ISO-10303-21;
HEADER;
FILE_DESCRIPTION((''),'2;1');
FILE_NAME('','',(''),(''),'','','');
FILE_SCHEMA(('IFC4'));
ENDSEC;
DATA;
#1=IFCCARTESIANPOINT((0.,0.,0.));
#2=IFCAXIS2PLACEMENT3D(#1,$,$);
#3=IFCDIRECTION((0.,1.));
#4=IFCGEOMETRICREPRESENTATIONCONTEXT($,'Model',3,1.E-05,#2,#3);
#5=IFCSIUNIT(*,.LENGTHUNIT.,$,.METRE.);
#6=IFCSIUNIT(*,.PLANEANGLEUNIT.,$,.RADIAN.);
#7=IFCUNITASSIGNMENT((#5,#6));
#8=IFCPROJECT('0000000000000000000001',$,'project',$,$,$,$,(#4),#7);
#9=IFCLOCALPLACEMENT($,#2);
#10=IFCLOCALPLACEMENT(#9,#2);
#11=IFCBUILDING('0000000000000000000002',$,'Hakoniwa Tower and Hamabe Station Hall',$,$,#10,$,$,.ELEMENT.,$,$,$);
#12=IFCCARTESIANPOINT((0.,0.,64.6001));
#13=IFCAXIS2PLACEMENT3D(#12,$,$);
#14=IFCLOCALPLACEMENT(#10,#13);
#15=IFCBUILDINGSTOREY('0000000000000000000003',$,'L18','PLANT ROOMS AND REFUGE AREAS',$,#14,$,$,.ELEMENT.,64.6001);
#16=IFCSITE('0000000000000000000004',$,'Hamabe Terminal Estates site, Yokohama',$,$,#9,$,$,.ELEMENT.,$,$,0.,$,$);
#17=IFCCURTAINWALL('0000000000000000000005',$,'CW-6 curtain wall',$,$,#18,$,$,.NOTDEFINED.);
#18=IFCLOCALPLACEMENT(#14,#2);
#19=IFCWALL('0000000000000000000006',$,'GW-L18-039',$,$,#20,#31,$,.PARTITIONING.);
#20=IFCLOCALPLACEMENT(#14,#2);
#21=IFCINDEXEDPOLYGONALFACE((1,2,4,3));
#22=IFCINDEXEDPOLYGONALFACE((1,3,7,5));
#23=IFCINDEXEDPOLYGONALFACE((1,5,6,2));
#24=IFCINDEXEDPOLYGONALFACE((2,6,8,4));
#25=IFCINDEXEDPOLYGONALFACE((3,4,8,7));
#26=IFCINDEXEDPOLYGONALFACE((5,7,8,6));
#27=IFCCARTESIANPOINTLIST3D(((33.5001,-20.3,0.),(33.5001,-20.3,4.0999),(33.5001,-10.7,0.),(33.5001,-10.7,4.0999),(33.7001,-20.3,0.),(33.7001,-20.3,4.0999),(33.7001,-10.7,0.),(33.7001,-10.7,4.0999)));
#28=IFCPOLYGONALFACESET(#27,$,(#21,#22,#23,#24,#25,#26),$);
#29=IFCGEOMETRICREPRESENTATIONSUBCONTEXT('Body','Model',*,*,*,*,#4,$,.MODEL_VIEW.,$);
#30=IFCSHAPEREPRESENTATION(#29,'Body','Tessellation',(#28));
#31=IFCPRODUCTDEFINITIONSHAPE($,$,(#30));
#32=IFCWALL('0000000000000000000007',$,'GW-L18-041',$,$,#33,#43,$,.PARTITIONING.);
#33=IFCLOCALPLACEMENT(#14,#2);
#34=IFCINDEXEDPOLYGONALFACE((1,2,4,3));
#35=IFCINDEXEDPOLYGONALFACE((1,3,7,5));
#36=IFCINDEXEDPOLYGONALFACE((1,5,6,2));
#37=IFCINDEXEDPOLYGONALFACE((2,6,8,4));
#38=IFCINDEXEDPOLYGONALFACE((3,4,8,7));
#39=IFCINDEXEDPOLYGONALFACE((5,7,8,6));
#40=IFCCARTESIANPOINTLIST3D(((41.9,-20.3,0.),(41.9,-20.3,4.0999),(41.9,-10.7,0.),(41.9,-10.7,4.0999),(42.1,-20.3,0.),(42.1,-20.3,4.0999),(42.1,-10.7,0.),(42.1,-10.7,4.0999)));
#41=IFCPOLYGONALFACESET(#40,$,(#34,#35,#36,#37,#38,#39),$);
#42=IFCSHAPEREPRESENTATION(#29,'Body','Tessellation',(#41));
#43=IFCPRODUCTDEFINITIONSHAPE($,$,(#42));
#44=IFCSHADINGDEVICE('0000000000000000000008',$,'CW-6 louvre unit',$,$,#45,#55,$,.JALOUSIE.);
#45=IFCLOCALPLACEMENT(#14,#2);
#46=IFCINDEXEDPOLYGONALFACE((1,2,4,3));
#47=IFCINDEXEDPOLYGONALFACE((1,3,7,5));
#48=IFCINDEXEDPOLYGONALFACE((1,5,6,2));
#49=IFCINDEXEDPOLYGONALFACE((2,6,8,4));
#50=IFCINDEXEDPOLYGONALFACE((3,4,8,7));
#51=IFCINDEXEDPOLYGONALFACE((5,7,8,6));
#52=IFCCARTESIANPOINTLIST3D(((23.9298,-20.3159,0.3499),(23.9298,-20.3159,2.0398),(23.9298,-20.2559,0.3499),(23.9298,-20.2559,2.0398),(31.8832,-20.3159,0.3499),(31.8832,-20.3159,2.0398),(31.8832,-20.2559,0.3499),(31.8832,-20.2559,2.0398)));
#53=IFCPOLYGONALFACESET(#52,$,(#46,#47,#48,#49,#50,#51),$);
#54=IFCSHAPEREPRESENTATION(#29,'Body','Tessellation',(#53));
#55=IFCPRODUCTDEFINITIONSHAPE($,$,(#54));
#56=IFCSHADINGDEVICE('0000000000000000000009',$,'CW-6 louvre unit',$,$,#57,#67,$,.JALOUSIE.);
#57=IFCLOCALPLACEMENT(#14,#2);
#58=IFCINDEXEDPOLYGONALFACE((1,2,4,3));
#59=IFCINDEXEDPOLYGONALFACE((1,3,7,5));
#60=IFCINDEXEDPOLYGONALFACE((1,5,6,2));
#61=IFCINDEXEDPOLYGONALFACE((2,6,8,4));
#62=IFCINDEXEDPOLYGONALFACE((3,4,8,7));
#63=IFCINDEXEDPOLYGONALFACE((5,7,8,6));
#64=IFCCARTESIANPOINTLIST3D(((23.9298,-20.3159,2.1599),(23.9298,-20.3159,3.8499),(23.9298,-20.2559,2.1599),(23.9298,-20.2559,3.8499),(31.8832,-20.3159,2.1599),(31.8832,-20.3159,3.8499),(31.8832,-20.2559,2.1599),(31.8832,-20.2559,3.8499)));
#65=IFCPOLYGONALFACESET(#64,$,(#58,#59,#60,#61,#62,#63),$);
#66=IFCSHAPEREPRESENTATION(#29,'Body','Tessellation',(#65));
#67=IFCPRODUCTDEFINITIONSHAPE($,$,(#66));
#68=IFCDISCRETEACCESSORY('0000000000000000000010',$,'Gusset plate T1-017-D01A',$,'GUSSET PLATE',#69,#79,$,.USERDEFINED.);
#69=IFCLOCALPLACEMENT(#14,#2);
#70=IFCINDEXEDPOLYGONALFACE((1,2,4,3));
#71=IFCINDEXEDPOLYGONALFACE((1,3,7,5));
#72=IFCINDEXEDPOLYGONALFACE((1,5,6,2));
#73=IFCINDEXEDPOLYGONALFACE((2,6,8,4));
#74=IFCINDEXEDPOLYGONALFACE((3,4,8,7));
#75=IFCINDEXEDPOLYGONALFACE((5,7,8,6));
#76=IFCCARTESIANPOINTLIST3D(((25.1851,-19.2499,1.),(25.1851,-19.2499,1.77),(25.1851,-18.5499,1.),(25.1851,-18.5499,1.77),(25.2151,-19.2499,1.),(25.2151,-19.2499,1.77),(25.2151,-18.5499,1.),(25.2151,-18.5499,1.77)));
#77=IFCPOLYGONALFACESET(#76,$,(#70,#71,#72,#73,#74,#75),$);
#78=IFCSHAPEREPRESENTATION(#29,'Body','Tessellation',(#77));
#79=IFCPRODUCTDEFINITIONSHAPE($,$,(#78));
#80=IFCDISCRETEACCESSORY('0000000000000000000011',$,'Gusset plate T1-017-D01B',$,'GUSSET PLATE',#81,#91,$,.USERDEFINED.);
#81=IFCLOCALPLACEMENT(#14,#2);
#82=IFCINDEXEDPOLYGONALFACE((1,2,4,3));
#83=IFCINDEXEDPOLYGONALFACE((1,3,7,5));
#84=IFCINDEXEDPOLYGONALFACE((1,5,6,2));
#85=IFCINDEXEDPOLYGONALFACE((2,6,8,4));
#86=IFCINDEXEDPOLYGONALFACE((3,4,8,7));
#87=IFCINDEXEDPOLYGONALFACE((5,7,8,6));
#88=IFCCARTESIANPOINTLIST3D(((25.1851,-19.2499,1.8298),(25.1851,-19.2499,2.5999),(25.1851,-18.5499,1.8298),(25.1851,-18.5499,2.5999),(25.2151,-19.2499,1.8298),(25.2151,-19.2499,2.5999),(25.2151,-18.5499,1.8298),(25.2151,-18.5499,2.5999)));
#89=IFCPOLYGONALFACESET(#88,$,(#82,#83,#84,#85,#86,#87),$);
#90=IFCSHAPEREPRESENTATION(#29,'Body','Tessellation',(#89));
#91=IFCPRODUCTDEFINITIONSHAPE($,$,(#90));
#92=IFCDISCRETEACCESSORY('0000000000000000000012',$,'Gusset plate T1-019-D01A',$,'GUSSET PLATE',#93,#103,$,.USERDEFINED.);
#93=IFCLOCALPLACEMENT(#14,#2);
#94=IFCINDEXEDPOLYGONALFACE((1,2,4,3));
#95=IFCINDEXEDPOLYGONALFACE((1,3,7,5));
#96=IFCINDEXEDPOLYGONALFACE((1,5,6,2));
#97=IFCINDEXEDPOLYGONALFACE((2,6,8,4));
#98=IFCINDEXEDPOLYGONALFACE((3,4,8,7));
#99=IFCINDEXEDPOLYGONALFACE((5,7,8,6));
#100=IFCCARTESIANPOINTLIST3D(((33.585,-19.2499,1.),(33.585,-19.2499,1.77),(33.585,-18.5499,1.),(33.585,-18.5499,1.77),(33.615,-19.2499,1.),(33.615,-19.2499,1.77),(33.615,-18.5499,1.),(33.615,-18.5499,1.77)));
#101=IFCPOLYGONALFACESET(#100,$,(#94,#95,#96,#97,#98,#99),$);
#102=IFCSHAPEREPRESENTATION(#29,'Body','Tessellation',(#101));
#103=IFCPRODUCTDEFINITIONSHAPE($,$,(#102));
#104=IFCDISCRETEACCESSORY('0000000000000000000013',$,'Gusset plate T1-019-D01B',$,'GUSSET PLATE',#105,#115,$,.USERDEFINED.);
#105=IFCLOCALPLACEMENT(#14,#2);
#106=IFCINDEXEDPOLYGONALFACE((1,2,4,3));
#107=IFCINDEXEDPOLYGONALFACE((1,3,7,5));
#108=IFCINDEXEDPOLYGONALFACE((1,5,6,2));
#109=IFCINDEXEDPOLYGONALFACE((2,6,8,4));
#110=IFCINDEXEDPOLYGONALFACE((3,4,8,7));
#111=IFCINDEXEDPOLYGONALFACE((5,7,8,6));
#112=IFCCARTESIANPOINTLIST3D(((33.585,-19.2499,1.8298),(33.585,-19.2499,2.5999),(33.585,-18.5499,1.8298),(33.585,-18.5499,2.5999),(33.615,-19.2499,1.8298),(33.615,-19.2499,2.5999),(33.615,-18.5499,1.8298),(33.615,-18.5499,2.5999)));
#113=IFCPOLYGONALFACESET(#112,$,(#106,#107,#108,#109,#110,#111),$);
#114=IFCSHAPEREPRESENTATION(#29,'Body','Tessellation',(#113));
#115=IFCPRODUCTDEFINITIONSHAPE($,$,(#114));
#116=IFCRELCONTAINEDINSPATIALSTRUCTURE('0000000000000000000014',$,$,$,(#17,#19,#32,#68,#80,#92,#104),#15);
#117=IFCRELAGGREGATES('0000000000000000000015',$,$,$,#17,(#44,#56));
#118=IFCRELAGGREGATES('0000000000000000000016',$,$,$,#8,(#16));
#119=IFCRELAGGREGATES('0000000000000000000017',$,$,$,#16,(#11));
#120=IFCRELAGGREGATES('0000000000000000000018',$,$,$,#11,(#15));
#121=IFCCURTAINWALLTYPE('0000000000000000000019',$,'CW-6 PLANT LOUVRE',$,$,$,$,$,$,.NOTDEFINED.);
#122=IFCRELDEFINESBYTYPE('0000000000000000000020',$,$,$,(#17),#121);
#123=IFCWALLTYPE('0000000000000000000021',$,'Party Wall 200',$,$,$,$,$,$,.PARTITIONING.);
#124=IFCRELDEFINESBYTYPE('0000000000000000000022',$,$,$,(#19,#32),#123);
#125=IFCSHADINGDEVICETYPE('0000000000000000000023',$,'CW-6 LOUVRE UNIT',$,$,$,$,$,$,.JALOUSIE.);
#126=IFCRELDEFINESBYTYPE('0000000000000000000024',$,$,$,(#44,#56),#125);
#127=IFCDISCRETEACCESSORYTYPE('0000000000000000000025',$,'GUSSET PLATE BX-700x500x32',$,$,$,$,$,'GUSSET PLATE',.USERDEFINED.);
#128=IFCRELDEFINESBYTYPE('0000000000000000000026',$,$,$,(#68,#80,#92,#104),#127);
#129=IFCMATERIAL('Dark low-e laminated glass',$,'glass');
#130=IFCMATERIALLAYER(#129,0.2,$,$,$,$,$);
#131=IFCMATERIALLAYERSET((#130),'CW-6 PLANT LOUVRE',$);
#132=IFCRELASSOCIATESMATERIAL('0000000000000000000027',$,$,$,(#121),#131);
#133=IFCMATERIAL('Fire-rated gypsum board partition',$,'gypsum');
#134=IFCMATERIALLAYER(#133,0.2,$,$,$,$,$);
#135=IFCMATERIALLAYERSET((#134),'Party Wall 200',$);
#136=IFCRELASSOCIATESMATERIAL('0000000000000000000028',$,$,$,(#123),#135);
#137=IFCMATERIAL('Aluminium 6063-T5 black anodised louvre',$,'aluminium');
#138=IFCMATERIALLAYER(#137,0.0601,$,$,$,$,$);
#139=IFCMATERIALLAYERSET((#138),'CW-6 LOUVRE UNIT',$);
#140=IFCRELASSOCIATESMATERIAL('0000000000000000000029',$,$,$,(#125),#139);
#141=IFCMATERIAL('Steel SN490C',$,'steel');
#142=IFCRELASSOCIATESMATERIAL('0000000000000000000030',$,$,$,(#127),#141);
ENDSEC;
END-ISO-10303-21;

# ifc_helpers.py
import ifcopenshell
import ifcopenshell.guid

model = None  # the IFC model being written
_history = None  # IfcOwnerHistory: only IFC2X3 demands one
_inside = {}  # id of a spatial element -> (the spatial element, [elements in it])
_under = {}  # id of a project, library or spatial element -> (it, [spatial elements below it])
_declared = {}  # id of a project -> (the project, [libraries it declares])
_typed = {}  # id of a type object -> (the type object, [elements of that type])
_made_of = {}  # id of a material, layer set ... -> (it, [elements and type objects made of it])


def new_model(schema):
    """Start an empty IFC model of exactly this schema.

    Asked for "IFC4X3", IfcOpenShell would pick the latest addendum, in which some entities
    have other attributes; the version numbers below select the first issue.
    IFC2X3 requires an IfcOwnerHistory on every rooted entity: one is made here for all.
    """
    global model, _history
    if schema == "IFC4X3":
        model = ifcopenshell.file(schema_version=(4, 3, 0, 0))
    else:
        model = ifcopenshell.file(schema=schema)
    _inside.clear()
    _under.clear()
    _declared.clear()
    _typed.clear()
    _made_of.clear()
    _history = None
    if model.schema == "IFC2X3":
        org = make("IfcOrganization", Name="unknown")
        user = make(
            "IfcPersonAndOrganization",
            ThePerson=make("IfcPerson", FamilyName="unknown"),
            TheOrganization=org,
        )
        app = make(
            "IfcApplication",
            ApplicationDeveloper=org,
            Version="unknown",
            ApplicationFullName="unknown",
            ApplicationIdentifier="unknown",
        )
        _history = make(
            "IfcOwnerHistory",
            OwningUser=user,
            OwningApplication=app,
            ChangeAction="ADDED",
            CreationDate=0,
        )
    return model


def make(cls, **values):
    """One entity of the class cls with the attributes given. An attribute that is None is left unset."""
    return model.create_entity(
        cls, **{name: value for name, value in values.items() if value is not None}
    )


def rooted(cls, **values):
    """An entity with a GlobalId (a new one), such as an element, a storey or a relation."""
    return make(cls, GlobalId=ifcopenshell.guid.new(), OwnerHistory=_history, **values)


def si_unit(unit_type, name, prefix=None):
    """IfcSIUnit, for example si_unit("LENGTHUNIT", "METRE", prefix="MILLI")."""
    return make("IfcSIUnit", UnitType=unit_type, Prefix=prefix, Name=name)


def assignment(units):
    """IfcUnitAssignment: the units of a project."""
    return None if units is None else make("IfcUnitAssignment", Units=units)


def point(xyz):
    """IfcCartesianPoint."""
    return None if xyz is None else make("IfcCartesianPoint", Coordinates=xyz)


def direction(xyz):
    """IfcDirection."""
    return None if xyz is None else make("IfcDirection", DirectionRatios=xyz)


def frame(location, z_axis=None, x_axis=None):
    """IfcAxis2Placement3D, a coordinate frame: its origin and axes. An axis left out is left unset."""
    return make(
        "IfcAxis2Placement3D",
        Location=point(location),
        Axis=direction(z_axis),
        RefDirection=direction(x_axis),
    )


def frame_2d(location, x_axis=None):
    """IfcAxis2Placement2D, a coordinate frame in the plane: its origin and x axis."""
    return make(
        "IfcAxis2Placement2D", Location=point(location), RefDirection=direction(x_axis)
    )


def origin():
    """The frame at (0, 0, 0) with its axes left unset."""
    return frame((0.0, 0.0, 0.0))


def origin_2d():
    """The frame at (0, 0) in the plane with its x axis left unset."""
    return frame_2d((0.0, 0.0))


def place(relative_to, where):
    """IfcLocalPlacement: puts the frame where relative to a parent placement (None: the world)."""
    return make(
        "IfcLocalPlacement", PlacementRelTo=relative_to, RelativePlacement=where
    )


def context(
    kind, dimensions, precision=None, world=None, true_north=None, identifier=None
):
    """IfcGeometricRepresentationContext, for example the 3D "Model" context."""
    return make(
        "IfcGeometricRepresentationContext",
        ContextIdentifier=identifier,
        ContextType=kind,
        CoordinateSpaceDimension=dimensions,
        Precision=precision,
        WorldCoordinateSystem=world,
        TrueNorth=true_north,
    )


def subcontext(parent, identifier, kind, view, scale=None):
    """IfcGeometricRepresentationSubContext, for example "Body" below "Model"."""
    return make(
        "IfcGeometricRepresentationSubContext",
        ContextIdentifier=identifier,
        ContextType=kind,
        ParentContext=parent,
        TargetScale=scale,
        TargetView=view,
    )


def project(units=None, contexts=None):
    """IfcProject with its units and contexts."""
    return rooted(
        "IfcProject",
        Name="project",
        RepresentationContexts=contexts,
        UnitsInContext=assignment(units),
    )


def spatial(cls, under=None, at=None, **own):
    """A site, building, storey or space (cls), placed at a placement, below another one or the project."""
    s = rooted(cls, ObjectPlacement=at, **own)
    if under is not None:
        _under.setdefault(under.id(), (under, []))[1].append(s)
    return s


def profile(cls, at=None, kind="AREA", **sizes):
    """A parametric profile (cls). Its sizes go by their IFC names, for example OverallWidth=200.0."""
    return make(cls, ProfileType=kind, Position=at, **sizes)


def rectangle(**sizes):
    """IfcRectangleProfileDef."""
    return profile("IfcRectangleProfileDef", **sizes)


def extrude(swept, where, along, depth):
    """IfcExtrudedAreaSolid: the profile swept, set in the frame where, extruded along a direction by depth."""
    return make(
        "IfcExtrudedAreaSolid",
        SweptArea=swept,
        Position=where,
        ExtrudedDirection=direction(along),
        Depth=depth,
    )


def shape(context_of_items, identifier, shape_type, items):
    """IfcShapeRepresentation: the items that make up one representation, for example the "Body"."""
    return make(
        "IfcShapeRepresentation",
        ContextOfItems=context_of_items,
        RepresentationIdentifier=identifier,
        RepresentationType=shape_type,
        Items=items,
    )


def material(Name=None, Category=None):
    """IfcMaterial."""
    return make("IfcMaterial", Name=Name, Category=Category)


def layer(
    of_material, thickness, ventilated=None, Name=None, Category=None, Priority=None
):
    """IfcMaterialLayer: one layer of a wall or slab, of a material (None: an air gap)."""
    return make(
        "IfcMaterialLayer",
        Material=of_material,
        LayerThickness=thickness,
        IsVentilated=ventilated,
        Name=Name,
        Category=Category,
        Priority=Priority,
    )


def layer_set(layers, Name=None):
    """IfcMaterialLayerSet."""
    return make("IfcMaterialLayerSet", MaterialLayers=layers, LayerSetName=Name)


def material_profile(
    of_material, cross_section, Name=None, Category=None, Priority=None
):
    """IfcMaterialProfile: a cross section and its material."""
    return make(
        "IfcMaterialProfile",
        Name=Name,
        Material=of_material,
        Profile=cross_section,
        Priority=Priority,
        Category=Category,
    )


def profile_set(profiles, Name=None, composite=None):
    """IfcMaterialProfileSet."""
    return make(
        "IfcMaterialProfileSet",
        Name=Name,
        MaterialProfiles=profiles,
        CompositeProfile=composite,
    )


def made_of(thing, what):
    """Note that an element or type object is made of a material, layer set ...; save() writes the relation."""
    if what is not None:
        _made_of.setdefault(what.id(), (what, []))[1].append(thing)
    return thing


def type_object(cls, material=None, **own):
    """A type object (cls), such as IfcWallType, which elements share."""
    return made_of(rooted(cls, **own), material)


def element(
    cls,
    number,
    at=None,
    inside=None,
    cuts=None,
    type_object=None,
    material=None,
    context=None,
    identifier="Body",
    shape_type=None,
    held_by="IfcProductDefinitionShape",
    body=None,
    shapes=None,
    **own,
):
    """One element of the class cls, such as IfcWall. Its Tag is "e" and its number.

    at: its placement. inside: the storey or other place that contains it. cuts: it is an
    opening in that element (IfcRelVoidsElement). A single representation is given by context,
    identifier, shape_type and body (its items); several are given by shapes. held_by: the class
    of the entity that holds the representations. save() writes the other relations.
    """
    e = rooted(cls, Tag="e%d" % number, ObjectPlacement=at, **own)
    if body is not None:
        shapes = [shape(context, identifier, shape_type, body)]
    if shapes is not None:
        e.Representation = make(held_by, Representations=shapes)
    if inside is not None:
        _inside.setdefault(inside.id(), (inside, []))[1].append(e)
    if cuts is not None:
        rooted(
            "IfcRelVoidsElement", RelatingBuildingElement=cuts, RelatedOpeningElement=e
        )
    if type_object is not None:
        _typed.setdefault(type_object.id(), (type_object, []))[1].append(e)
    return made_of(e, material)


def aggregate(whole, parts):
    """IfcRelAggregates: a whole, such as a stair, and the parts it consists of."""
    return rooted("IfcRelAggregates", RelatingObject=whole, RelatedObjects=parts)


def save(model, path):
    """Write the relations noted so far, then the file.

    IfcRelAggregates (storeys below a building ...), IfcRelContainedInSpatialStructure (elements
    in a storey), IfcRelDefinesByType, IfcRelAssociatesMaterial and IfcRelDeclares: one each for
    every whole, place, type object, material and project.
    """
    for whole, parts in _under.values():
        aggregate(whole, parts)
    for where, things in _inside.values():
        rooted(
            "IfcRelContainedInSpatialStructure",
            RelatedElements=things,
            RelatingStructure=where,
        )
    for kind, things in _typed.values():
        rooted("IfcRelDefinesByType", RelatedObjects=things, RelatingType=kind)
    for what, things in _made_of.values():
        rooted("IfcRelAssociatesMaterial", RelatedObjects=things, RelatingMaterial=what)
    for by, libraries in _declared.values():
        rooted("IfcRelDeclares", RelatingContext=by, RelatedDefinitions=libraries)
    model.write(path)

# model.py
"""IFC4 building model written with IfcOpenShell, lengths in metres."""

from ifc_helpers import new_model, si_unit, direction, frame, frame_2d, origin, origin_2d, place, context, subcontext, project, spatial, rectangle, extrude, material, layer, layer_set, material_profile, profile_set, type_object, element, aggregate, save


model = new_model("IFC4")

# Units and contexts
model_context = context("Model", 3, precision=1e-05, world=origin(), true_north=direction((0.0, 1.0)))
body_context = subcontext(model_context, "Body", "Model", "MODEL_VIEW")
ifc_project = project(units=[si_unit("LENGTHUNIT", "METRE"), si_unit("PLANEANGLEUNIT", "RADIAN")], contexts=[model_context])

# Site, building, storey
site_placement = place(None, origin())
site = spatial("IfcSite", under=ifc_project, at=site_placement, Name="Hamabe Terminal Estates site, Yokohama", CompositionType="ELEMENT", RefElevation=0.0)
building_placement = place(site_placement, origin())
building = spatial("IfcBuilding", under=site, at=building_placement, Name="Hakoniwa Tower and Hamabe Station Hall", CompositionType="ELEMENT")
storey_placement = place(building_placement, frame((0.0, 0.0, 64.6001)))
storey = spatial("IfcBuildingStorey", under=building, at=storey_placement, Name="L18", Description="PLANT ROOMS AND REFUGE AREAS", CompositionType="ELEMENT", Elevation=64.6001)

# Curtain wall
ifc_material_1 = material(Name="Dark low-e laminated glass", Category="glass")
ifc_layer_1 = layer(ifc_material_1, 0.2)
ifc_layer_set_1 = layer_set([ifc_layer_1], Name="CW-6 PLANT LOUVRE")
curtain_wall_type = type_object("IfcCurtainWallType", Name="CW-6 PLANT LOUVRE", PredefinedType="NOTDEFINED", material=ifc_layer_set_1)
curtain_wall_placement = place(storey_placement, origin())
curtain_wall = element("IfcCurtainWall", 1, at=curtain_wall_placement, inside=storey, type_object=curtain_wall_type, Name="CW-6 curtain wall", PredefinedType="NOTDEFINED")

# Walls
ifc_material_2 = material(Name="Fire-rated gypsum board partition", Category="gypsum")
ifc_layer_2 = layer(ifc_material_2, 0.2)
ifc_layer_set_2 = layer_set([ifc_layer_2], Name="Party Wall 200")
wall_type = type_object("IfcWallType", Name="Party Wall 200", PredefinedType="PARTITIONING", material=ifc_layer_set_2)
for number, where, z_axis, x_axis, name in (
    (2, (33.6001, -20.3, 0.0), (0.0, 0.0, 1.0), (0.0, 1.0, 0.0), "GW-L18-039"),
    (3, (42.0, -20.3, 0.0), (0.0, 0.0, 1.0), (0.0, 1.0, 0.0), "GW-L18-041"),
):
    element("IfcWall", number, at=place(storey_placement, frame(where, z_axis=z_axis, x_axis=x_axis)), inside=storey, type_object=wall_type, Name=name, PredefinedType="PARTITIONING", context=body_context, shape_type="SweptSolid", body=[
        extrude(rectangle(XDim=9.6001, YDim=0.2, at=frame_2d((4.8, 0.0))), origin(), (0.0, 0.0, 1.0), 4.0999),
    ])

# Shading devices
ifc_material_3 = material(Name="Aluminium 6063-T5 black anodised louvre", Category="aluminium")
ifc_layer_3 = layer(ifc_material_3, 0.0601)
ifc_layer_set_3 = layer_set([ifc_layer_3], Name="CW-6 LOUVRE UNIT")
shading_device_type = type_object("IfcShadingDeviceType", Name="CW-6 LOUVRE UNIT", PredefinedType="JALOUSIE", material=ifc_layer_set_3)
shading_device_1_placement = place(storey_placement, frame((27.9065, -20.2859, 0.3499), z_axis=(0.0, 0.0, 1.0), x_axis=(1.0, 0.0, 0.0)))
shading_device_1 = element("IfcShadingDevice", 4, at=shading_device_1_placement, type_object=shading_device_type, Name="CW-6 louvre unit", PredefinedType="JALOUSIE", context=body_context, shape_type="SweptSolid", body=[
    extrude(rectangle(XDim=7.9534, YDim=0.0601, at=origin_2d()), origin(), (0.0, 0.0, 1.0), 1.6899),
])
shading_device_2_placement = place(storey_placement, frame((27.9065, -20.2859, 2.1599), z_axis=(0.0, 0.0, 1.0), x_axis=(1.0, 0.0, 0.0)))
shading_device_2 = element("IfcShadingDevice", 5, at=shading_device_2_placement, type_object=shading_device_type, Name="CW-6 louvre unit", PredefinedType="JALOUSIE", context=body_context, shape_type="SweptSolid", body=[
    extrude(rectangle(XDim=7.9534, YDim=0.0601, at=origin_2d()), origin(), (0.0, 0.0, 1.0), 1.6899),
])
aggregate(curtain_wall, [shading_device_1, shading_device_2])

# Discrete accessories
ifc_material_4 = material(Name="Steel SN490C", Category="steel")
ifc_material_profile_1 = material_profile(ifc_material_4, rectangle(XDim=0.7, YDim=0.77, at=origin_2d()), Name="GUSSET PLATE BX-700x500x32")
ifc_profile_set_1 = profile_set([ifc_material_profile_1], Name="Steel SN490C")
discrete_accessory_type = type_object("IfcDiscreteAccessoryType", Name="GUSSET PLATE BX-700x500x32", ElementType="GUSSET PLATE", PredefinedType="USERDEFINED", material=ifc_profile_set_1)
for number, where, z_axis, x_axis, name in (
    (6, (25.2151, -18.8999, 1.385), (-1.0, 0.0, 0.0), (0.0, -1.0, 0.0), "Gusset plate T1-017-D01A"),
    (7, (25.2151, -18.8999, 2.2148), (-1.0, 0.0, 0.0), (0.0, -1.0, 0.0), "Gusset plate T1-017-D01B"),
    (8, (33.615, -18.8999, 1.385), (-1.0, 0.0, 0.0), (0.0, -1.0, 0.0), "Gusset plate T1-019-D01A"),
    (9, (33.615, -18.8999, 2.2148), (-1.0, 0.0, 0.0), (0.0, -1.0, 0.0), "Gusset plate T1-019-D01B"),
):
    element("IfcDiscreteAccessory", number, at=place(storey_placement, frame(where, z_axis=z_axis, x_axis=x_axis)), inside=storey, type_object=discrete_accessory_type, Name=name, ObjectType="GUSSET PLATE", PredefinedType="USERDEFINED", context=body_context, shape_type="SweptSolid", body=[
        extrude(rectangle(XDim=0.7, YDim=0.77, at=origin_2d()), origin(), (0.0, 0.0, 1.0), 0.03),
    ])

save(model, "model.ifc")
